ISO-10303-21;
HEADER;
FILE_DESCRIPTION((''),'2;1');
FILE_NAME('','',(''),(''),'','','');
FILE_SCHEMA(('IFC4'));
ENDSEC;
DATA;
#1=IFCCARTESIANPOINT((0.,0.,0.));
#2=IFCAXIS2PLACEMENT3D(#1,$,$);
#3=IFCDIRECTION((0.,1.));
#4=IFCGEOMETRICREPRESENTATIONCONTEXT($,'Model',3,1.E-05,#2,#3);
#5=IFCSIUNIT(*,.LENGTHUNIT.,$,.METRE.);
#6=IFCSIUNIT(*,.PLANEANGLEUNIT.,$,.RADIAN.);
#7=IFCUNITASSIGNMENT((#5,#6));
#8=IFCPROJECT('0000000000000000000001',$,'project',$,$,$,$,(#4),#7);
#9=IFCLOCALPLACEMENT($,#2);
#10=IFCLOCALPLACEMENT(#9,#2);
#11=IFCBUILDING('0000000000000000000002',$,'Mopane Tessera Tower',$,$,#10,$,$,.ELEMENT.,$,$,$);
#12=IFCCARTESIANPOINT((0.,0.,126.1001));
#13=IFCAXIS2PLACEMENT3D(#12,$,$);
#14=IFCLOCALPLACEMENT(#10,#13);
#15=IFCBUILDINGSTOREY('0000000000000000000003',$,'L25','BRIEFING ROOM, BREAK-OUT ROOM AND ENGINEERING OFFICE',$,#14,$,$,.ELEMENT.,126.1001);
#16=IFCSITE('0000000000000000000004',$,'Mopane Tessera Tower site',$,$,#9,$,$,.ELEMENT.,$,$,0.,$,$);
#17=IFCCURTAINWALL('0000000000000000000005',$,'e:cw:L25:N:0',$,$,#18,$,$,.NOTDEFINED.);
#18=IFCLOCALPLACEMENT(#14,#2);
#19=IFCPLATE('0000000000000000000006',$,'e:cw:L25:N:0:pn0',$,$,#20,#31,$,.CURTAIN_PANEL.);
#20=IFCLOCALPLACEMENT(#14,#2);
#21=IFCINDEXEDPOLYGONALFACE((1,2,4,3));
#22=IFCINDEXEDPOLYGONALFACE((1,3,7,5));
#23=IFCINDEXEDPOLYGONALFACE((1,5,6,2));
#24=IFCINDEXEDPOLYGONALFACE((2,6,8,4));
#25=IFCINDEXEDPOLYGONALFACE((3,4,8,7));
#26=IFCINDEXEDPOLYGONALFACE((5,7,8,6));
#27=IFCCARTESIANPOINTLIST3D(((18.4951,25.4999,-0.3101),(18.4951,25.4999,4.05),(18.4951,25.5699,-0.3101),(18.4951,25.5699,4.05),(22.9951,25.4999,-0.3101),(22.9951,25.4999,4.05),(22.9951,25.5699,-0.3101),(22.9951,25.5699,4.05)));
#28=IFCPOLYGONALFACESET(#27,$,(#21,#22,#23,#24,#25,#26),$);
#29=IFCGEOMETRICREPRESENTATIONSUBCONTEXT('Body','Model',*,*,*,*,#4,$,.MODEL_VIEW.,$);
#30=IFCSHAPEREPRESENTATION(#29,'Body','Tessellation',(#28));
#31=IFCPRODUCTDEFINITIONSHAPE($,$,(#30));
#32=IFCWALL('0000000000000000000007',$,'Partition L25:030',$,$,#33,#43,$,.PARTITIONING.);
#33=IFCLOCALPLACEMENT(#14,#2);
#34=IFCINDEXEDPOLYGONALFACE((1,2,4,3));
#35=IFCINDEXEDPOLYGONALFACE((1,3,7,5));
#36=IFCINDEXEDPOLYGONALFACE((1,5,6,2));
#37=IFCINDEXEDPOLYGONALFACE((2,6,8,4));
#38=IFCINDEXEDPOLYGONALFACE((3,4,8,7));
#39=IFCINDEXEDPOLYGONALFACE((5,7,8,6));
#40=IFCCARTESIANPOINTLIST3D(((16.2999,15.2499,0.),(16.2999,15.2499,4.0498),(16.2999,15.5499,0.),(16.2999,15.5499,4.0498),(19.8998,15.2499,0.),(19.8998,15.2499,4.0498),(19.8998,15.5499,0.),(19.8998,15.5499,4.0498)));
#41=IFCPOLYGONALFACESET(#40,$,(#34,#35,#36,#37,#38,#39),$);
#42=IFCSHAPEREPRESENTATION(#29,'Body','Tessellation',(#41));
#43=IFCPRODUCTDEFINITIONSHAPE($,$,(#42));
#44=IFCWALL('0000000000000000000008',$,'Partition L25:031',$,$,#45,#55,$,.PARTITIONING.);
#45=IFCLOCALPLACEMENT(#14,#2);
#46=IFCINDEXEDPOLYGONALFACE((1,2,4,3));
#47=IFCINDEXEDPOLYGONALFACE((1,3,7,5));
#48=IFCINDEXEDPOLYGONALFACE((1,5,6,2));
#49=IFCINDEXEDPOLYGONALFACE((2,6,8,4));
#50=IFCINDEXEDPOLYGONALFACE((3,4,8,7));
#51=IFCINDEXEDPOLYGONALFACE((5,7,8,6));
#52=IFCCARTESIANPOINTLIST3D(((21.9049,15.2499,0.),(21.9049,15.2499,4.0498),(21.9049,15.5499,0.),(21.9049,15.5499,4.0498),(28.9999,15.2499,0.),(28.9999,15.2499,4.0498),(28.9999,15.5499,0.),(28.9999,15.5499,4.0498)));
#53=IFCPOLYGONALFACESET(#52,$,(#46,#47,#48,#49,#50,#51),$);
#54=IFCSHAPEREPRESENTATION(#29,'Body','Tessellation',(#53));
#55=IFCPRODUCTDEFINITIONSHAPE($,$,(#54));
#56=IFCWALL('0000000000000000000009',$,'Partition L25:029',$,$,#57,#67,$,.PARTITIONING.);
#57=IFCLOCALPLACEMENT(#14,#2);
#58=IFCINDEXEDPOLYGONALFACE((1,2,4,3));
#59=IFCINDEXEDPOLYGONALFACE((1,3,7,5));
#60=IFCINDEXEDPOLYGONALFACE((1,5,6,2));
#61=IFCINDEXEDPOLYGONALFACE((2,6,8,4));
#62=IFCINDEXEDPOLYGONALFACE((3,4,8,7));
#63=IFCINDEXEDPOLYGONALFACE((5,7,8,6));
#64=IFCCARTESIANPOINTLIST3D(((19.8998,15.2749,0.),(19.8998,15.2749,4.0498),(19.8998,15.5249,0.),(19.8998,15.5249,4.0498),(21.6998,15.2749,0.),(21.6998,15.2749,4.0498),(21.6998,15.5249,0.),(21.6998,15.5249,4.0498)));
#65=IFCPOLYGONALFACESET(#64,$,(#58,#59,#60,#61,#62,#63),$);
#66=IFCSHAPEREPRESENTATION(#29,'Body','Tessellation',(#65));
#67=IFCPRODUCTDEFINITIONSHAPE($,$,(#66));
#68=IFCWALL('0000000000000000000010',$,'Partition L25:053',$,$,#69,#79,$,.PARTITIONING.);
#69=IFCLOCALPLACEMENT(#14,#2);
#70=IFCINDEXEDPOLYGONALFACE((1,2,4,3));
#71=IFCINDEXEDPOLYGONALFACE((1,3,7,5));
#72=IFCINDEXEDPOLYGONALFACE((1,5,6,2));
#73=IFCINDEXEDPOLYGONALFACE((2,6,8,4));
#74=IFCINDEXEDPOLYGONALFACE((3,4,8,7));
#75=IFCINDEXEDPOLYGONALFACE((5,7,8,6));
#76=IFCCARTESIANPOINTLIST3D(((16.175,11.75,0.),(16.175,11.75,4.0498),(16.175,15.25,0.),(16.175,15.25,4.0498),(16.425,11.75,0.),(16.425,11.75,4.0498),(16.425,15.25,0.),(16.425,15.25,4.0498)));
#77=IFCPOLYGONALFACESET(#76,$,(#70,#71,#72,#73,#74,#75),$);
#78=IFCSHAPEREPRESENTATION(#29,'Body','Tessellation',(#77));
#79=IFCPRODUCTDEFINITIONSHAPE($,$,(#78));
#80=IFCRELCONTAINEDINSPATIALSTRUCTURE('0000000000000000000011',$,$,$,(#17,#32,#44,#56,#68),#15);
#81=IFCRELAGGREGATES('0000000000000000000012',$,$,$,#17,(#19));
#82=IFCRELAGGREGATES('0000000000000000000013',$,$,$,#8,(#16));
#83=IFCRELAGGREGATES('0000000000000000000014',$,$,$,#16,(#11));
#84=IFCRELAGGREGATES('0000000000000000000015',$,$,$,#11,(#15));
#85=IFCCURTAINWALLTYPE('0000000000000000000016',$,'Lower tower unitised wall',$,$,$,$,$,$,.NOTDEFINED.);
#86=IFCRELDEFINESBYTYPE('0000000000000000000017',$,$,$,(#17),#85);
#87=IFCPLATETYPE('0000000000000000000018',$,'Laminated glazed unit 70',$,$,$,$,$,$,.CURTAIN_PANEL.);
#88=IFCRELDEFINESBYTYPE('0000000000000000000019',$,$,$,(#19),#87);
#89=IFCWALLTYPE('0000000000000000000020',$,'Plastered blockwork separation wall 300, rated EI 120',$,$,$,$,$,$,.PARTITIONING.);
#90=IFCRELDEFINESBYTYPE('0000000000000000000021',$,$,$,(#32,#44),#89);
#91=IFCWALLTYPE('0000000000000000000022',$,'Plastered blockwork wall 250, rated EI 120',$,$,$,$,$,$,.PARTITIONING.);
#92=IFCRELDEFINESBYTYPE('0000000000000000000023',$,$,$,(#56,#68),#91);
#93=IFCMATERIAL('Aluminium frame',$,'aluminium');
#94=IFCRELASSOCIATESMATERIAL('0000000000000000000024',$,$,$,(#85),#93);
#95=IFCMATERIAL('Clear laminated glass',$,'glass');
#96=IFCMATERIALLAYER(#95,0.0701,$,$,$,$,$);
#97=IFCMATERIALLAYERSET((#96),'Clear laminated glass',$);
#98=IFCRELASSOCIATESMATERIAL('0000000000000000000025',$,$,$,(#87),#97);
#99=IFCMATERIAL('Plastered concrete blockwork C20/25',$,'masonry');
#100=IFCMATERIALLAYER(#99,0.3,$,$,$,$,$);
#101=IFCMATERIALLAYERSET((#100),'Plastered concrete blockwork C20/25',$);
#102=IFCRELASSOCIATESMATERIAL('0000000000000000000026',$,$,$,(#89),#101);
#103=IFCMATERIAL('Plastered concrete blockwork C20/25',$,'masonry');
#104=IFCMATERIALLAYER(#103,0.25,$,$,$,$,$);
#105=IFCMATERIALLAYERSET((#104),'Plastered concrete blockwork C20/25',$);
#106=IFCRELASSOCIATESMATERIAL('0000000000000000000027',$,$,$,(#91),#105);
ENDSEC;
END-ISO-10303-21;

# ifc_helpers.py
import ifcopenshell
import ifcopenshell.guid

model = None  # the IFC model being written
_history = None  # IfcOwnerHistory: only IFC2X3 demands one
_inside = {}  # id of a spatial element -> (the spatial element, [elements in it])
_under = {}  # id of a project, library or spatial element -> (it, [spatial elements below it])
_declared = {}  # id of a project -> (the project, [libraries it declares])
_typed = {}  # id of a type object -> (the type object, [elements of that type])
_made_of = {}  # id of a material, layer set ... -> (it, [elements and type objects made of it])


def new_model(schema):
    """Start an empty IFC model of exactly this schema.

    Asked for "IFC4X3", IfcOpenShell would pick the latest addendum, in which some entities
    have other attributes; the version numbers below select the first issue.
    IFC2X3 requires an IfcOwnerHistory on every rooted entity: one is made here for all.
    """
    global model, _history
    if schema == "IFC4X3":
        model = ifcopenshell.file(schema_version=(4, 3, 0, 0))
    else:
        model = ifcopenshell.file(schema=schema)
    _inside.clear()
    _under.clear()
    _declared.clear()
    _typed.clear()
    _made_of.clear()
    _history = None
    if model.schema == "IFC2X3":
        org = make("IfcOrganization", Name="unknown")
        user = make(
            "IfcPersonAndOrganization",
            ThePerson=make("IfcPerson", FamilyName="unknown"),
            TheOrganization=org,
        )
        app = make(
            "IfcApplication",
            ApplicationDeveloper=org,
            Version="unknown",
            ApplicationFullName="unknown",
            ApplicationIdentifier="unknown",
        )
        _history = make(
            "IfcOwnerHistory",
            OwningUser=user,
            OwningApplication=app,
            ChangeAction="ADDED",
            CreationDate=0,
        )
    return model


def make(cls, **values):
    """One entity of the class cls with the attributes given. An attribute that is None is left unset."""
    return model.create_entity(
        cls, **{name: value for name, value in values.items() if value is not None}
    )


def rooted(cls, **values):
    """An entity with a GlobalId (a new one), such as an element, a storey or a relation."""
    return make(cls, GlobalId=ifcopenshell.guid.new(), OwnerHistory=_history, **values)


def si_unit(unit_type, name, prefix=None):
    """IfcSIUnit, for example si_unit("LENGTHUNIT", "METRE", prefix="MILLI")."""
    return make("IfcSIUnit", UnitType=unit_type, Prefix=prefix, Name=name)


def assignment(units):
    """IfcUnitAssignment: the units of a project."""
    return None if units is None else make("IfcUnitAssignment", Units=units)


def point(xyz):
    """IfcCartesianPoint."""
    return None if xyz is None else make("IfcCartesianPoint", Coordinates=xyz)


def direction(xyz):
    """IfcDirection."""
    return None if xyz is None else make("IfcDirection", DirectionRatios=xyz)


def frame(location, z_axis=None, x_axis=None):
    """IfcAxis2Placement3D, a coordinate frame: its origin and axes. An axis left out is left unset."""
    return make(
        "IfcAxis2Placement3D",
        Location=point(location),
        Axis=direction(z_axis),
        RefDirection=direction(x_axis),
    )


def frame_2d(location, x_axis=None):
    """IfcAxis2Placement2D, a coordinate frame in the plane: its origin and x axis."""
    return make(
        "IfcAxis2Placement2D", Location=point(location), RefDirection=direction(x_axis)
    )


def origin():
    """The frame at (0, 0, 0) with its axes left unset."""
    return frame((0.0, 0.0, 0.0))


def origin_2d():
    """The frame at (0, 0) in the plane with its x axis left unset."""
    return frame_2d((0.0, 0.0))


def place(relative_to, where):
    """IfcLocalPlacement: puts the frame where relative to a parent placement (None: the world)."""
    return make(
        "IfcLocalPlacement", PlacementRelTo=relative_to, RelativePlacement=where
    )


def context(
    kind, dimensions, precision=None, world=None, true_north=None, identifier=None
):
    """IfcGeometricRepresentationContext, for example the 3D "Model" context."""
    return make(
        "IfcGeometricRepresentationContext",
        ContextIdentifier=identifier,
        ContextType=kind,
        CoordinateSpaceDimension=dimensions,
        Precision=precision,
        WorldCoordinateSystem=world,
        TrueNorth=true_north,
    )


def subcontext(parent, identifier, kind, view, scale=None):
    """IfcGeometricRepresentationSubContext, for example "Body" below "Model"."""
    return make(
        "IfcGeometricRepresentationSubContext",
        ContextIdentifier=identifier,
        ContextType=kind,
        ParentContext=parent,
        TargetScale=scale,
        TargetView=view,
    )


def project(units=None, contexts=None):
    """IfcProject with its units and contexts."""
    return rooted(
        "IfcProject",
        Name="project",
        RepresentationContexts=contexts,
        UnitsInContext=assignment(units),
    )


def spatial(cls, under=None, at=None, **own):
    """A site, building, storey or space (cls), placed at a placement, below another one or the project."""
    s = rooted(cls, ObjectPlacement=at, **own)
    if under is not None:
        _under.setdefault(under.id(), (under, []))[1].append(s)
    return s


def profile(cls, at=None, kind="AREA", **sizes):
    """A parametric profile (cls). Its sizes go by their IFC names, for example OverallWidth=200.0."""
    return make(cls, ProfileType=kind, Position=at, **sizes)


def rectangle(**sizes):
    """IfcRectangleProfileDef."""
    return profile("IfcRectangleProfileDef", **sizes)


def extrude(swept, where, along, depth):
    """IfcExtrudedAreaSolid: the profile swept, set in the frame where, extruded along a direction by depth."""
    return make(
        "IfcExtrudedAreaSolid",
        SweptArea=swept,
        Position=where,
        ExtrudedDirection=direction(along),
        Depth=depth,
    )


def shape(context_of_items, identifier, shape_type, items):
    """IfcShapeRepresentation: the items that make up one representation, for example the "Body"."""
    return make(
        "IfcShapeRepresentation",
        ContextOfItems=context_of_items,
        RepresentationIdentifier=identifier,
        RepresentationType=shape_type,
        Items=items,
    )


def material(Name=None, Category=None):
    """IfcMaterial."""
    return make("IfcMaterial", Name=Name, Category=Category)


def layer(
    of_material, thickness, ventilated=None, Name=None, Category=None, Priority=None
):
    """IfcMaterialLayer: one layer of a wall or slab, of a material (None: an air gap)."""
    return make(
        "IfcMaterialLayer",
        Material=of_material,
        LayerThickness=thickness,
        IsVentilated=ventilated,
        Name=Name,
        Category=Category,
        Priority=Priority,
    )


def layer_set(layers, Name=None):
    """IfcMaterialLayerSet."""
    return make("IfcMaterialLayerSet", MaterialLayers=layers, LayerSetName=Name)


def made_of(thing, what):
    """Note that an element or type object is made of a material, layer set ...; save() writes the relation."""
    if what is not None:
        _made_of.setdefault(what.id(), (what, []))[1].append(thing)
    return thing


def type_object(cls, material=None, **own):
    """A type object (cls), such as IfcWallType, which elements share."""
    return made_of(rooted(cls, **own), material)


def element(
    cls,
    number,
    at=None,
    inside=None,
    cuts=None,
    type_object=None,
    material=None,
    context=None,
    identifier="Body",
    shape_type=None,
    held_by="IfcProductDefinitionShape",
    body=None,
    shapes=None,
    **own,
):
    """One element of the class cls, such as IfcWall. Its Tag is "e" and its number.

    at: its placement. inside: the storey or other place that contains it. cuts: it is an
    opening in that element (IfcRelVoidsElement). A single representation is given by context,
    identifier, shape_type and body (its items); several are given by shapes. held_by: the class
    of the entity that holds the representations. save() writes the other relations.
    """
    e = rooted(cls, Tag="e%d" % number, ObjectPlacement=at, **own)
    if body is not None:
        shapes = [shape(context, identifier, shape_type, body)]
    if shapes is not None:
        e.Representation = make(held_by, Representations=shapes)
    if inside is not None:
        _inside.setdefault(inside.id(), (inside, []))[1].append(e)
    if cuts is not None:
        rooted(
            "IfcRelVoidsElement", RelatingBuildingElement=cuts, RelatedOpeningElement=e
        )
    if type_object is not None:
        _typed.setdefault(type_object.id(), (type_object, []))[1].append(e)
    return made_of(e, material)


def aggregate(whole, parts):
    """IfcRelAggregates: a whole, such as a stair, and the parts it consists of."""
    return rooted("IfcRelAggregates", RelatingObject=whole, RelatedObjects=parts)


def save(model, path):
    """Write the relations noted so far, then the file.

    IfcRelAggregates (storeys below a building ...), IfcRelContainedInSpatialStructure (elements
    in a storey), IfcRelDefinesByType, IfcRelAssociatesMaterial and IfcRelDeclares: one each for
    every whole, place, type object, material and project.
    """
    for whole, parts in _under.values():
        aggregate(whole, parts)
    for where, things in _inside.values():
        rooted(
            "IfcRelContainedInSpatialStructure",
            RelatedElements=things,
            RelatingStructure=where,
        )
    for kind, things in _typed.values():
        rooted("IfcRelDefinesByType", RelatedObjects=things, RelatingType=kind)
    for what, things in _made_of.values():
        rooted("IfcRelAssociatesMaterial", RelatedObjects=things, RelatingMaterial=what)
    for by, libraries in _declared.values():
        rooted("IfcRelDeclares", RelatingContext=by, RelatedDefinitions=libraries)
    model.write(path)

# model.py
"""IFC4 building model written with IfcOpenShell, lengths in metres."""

from ifc_helpers import new_model, si_unit, direction, frame, frame_2d, origin, origin_2d, place, context, subcontext, project, spatial, rectangle, extrude, material, layer, layer_set, type_object, element, aggregate, save


model = new_model("IFC4")

# Units and contexts
model_context = context("Model", 3, precision=1e-05, world=origin(), true_north=direction((0.0, 1.0)))
body_context = subcontext(model_context, "Body", "Model", "MODEL_VIEW")
ifc_project = project(units=[si_unit("LENGTHUNIT", "METRE"), si_unit("PLANEANGLEUNIT", "RADIAN")], contexts=[model_context])

# Site, building, storey
site_placement = place(None, origin())
site = spatial("IfcSite", under=ifc_project, at=site_placement, Name="Mopane Tessera Tower site", CompositionType="ELEMENT", RefElevation=0.0)
building_placement = place(site_placement, origin())
building = spatial("IfcBuilding", under=site, at=building_placement, Name="Mopane Tessera Tower", CompositionType="ELEMENT")
storey_placement = place(building_placement, frame((0.0, 0.0, 126.1001)))
storey = spatial("IfcBuildingStorey", under=building, at=storey_placement, Name="L25", Description="BRIEFING ROOM, BREAK-OUT ROOM AND ENGINEERING OFFICE", CompositionType="ELEMENT", Elevation=126.1001)

# Curtain wall
ifc_material_1 = material(Name="Aluminium frame", Category="aluminium")
curtain_wall_type = type_object("IfcCurtainWallType", Name="Lower tower unitised wall", PredefinedType="NOTDEFINED", material=ifc_material_1)
curtain_wall_1_placement = place(storey_placement, origin())
curtain_wall_1 = element("IfcCurtainWall", 1, at=curtain_wall_1_placement, inside=storey, type_object=curtain_wall_type, Name="e:cw:L25:N:0", PredefinedType="NOTDEFINED")

# Plate
ifc_material_2 = material(Name="Clear laminated glass", Category="glass")
ifc_layer_1 = layer(ifc_material_2, 0.0701)
ifc_layer_set_1 = layer_set([ifc_layer_1], Name="Clear laminated glass")
plate_type = type_object("IfcPlateType", Name="Laminated glazed unit 70", PredefinedType="CURTAIN_PANEL", material=ifc_layer_set_1)
plate_1_placement = place(storey_placement, frame((20.7451, 25.5349, -0.3101), z_axis=(0.0, 0.0, 1.0), x_axis=(-1.0, 0.0, 0.0)))
plate_1 = element("IfcPlate", 2, at=plate_1_placement, type_object=plate_type, Name="e:cw:L25:N:0:pn0", PredefinedType="CURTAIN_PANEL", context=body_context, shape_type="SweptSolid", body=[
    extrude(rectangle(XDim=4.5, YDim=0.0701, at=origin_2d()), origin(), (0.0, 0.0, 1.0), 4.3601),
])
aggregate(curtain_wall_1, [plate_1])

# Walls
ifc_material_3 = material(Name="Plastered concrete blockwork C20/25", Category="masonry")
ifc_layer_2 = layer(ifc_material_3, 0.3)
ifc_layer_set_2 = layer_set([ifc_layer_2], Name="Plastered concrete blockwork C20/25")
wall_type_1 = type_object("IfcWallType", Name="Plastered blockwork separation wall 300, rated EI 120", PredefinedType="PARTITIONING", material=ifc_layer_set_2)
wall_1_placement = place(storey_placement, frame((16.3, 15.3999, 0.0), z_axis=(0.0, 0.0, 1.0), x_axis=(1.0, 0.0, 0.0)))
element("IfcWall", 3, at=wall_1_placement, inside=storey, type_object=wall_type_1, Name="Partition L25:030", PredefinedType="PARTITIONING", context=body_context, shape_type="SweptSolid", body=[
    extrude(rectangle(XDim=3.5999, YDim=0.3, at=frame_2d((1.7998, 0.0))), origin(), (0.0, 0.0, 1.0), 4.0498),
])
wall_2_placement = place(storey_placement, frame((21.905, 15.3999, 0.0), z_axis=(0.0, 0.0, 1.0), x_axis=(1.0, 0.0, 0.0)))
element("IfcWall", 4, at=wall_2_placement, inside=storey, type_object=wall_type_1, Name="Partition L25:031", PredefinedType="PARTITIONING", context=body_context, shape_type="SweptSolid", body=[
    extrude(rectangle(XDim=7.095, YDim=0.3, at=frame_2d((3.5474, 0.0))), origin(), (0.0, 0.0, 1.0), 4.0498),
])
ifc_material_4 = material(Name="Plastered concrete blockwork C20/25", Category="masonry")
ifc_layer_3 = layer(ifc_material_4, 0.25)
ifc_layer_set_3 = layer_set([ifc_layer_3], Name="Plastered concrete blockwork C20/25")
wall_type_2 = type_object("IfcWallType", Name="Plastered blockwork wall 250, rated EI 120", PredefinedType="PARTITIONING", material=ifc_layer_set_3)
wall_3_placement = place(storey_placement, frame((19.8999, 15.3999, 0.0), z_axis=(0.0, 0.0, 1.0), x_axis=(1.0, 0.0, 0.0)))
element("IfcWall", 5, at=wall_3_placement, inside=storey, type_object=wall_type_2, Name="Partition L25:029", PredefinedType="PARTITIONING", context=body_context, shape_type="SweptSolid", body=[
    extrude(rectangle(XDim=1.8, YDim=0.25, at=frame_2d((0.8999, 0.0))), origin(), (0.0, 0.0, 1.0), 4.0498),
])
wall_4_placement = place(storey_placement, frame((16.3, 11.75, 0.0), z_axis=(0.0, 0.0, 1.0), x_axis=(0.0, 1.0, 0.0)))
element("IfcWall", 6, at=wall_4_placement, inside=storey, type_object=wall_type_2, Name="Partition L25:053", PredefinedType="PARTITIONING", context=body_context, shape_type="SweptSolid", body=[
    extrude(rectangle(XDim=3.5, YDim=0.25, at=frame_2d((1.75, 0.0))), origin(), (0.0, 0.0, 1.0), 4.0498),
])

save(model, "model.ifc")
